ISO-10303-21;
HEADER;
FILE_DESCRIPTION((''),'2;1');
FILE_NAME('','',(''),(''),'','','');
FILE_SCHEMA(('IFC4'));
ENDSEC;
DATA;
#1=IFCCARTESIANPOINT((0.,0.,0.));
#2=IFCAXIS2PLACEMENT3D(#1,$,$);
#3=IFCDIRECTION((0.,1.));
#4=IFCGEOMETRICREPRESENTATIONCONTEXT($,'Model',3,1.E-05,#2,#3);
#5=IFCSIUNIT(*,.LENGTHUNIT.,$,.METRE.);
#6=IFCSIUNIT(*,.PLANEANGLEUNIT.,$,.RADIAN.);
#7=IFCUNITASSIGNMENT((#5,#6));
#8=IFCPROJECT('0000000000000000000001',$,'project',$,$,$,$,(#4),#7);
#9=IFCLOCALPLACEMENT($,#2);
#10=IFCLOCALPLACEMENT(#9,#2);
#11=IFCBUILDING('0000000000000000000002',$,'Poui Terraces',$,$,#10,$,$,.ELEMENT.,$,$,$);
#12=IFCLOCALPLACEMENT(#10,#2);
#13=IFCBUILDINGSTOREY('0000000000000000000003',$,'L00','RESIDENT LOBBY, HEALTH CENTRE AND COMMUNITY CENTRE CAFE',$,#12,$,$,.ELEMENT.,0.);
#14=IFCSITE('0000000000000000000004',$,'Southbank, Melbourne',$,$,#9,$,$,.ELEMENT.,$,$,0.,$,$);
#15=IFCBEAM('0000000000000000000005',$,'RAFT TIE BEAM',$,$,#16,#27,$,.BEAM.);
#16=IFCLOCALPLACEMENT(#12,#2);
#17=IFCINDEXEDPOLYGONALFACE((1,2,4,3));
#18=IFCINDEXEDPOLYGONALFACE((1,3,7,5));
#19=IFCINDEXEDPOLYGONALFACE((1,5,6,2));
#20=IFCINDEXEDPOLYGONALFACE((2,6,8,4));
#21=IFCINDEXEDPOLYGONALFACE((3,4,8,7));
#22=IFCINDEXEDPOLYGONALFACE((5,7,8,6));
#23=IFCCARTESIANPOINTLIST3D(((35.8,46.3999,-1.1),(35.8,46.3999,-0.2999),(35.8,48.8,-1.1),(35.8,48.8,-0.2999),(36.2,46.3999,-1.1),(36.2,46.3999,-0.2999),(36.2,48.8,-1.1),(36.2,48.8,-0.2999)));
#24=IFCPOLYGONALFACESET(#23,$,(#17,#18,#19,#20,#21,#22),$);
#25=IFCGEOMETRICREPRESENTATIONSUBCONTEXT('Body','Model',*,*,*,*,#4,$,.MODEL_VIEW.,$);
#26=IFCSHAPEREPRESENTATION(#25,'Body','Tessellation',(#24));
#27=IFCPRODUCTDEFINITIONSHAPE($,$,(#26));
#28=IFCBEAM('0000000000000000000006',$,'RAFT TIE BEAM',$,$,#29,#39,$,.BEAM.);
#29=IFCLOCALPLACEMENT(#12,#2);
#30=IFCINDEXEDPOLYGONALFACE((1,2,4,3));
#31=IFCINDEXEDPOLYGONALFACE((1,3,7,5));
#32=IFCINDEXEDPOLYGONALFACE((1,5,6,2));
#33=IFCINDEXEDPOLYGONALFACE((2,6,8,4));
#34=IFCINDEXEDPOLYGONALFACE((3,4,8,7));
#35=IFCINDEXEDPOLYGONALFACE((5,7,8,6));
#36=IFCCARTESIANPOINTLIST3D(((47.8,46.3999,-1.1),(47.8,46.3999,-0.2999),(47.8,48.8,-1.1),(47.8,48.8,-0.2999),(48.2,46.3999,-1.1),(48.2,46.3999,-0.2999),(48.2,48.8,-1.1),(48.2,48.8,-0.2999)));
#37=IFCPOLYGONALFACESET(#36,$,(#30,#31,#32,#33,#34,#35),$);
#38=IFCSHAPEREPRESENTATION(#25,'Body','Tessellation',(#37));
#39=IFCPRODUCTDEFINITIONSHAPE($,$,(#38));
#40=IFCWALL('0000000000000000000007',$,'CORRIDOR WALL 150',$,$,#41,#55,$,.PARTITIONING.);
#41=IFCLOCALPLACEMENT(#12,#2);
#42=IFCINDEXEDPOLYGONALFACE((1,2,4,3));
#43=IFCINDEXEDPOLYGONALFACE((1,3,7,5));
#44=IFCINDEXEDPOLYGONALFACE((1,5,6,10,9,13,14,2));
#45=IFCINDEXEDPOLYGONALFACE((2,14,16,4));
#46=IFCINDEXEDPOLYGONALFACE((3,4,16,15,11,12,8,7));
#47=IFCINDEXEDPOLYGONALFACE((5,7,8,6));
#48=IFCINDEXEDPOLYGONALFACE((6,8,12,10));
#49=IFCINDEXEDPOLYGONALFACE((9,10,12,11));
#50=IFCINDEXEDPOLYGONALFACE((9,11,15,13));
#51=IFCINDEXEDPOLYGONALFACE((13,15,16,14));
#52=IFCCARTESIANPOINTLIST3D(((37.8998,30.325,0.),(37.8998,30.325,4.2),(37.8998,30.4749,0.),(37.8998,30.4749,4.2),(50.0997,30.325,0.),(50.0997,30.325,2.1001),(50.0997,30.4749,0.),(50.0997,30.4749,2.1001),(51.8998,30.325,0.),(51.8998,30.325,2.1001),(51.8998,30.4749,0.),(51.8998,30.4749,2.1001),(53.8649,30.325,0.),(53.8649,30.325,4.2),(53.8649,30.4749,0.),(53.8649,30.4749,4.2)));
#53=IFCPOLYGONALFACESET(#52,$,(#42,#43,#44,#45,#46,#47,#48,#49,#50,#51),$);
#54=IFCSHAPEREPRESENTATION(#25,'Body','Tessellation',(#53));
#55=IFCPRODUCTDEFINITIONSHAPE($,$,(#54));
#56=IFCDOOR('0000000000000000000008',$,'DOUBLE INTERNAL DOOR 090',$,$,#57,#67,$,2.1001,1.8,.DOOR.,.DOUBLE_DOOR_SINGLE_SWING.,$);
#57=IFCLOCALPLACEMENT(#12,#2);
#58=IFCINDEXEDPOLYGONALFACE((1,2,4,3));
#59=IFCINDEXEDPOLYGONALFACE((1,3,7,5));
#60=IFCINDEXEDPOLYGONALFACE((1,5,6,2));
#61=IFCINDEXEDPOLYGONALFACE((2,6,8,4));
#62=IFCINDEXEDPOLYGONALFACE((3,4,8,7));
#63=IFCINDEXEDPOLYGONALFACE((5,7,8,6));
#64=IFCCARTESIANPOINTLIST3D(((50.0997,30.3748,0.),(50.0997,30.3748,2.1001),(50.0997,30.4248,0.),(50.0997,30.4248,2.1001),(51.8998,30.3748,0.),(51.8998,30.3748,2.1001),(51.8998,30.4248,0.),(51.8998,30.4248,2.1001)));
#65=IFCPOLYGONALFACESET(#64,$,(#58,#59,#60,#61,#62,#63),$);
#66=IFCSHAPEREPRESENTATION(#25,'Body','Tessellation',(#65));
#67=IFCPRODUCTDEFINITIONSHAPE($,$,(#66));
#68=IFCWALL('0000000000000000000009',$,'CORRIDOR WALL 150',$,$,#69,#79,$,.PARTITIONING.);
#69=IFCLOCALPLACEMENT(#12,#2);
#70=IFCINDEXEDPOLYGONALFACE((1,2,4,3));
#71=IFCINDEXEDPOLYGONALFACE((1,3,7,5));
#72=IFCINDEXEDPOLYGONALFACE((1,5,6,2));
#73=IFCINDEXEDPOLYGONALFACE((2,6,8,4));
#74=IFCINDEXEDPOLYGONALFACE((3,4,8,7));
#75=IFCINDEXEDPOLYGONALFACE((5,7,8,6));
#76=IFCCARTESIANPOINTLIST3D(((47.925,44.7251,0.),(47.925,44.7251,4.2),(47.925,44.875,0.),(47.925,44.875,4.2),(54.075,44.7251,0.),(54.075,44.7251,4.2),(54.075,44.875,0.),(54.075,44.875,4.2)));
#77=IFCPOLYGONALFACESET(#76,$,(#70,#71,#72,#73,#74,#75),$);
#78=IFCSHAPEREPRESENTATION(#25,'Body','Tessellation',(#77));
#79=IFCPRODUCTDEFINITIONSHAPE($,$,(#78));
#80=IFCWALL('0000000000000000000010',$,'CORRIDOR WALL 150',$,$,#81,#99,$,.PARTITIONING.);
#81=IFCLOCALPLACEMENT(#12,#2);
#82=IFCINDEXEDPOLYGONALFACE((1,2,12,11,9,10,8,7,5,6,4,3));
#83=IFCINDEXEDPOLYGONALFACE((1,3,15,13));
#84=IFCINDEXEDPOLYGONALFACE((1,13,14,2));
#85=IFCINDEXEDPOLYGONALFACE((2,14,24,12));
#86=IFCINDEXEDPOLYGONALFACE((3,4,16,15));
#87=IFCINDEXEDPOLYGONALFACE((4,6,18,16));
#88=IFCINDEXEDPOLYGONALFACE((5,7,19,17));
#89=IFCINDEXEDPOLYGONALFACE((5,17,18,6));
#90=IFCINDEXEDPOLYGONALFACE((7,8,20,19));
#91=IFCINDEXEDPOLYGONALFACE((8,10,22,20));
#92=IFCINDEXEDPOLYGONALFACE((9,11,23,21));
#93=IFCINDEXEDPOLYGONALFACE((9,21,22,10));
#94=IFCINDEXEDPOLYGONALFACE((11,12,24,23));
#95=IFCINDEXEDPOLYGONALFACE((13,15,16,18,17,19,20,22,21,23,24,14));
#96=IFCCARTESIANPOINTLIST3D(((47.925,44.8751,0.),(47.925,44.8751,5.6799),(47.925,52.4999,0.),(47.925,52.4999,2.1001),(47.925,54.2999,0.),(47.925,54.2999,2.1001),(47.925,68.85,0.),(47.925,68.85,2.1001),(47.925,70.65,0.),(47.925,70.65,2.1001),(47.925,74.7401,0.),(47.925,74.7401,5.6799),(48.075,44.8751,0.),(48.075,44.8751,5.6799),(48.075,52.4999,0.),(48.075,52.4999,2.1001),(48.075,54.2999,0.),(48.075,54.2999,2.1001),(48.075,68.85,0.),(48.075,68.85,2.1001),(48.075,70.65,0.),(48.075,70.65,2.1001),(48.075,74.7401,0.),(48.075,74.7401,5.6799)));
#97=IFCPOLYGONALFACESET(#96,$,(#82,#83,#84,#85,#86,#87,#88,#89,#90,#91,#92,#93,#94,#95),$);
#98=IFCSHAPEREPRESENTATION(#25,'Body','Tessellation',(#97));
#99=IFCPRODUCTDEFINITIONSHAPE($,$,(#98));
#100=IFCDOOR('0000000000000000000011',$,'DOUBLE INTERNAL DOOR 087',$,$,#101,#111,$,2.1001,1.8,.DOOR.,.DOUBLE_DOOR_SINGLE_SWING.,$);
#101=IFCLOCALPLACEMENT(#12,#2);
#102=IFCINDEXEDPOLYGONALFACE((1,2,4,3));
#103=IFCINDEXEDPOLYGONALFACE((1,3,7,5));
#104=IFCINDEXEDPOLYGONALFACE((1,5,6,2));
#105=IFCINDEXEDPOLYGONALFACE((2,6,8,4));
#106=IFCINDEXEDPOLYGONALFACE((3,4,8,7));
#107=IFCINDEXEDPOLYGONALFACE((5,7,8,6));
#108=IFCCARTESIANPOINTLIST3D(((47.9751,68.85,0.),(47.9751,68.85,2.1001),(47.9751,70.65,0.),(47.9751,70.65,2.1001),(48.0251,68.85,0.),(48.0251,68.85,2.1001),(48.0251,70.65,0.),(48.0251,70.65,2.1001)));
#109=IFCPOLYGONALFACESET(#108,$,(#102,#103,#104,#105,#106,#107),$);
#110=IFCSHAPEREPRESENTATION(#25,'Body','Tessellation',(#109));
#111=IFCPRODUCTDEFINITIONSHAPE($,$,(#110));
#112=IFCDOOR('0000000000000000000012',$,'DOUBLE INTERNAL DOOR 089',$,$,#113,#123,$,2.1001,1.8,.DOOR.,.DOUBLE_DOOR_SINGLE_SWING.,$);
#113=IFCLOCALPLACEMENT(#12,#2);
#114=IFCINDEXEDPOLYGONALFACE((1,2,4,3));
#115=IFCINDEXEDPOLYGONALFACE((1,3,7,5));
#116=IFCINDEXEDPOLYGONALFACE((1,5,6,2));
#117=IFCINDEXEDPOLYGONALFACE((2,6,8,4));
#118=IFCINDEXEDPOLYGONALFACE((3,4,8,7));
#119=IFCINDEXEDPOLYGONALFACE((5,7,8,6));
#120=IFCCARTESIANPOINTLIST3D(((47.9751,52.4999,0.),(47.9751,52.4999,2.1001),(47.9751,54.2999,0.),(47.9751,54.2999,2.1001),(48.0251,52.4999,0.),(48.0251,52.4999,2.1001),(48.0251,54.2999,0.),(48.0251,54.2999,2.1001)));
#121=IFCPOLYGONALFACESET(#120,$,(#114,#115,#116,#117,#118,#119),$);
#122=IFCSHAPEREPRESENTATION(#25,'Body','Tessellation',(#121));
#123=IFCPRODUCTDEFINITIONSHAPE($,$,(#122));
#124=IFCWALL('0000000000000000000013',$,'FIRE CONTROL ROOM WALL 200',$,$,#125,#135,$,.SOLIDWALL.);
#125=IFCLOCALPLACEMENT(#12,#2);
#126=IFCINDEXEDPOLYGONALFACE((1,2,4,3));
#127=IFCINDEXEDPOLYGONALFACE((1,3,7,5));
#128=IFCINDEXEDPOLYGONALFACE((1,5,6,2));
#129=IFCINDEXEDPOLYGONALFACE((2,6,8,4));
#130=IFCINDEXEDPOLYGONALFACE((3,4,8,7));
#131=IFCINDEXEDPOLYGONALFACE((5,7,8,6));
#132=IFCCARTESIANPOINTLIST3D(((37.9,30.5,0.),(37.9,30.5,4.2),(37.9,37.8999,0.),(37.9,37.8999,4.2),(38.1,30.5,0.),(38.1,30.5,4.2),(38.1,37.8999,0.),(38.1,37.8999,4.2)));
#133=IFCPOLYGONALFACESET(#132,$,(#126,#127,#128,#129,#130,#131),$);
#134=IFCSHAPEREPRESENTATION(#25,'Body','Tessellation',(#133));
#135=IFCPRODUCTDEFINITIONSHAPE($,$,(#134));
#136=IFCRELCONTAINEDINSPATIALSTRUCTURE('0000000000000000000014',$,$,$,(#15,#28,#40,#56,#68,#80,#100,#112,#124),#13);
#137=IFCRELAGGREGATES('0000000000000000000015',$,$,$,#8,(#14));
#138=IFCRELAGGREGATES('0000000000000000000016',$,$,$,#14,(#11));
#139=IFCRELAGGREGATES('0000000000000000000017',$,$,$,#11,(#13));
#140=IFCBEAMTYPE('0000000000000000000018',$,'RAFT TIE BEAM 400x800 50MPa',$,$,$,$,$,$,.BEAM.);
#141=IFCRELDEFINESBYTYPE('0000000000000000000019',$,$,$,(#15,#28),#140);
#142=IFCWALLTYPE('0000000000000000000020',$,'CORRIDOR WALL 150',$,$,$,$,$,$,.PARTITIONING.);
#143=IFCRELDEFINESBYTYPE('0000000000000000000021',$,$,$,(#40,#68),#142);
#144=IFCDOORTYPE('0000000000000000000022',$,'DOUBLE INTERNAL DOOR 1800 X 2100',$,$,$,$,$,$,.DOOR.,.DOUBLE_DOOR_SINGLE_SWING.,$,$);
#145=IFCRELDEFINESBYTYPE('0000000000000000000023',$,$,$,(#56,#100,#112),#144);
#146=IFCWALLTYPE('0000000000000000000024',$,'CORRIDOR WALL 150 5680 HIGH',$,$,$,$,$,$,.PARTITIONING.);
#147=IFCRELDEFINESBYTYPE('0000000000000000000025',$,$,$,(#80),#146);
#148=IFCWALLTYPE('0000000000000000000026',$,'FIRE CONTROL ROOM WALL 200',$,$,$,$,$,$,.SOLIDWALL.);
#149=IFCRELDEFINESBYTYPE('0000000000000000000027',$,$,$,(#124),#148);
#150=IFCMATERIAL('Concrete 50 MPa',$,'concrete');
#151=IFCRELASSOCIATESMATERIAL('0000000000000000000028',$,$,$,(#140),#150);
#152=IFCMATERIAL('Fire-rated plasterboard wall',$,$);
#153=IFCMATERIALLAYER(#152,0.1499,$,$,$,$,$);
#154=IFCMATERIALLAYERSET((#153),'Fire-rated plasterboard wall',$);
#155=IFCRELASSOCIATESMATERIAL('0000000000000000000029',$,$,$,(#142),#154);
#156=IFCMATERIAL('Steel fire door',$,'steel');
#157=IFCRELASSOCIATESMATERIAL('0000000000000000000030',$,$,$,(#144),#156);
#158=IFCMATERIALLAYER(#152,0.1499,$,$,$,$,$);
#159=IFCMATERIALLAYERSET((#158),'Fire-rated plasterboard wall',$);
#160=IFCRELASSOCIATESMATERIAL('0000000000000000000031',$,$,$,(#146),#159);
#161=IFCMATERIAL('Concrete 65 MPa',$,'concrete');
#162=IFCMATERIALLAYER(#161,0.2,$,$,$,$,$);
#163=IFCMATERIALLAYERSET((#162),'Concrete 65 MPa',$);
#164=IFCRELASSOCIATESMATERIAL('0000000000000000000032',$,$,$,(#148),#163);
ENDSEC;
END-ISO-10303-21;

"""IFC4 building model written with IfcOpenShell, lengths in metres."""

from ifc_helpers import new_model, si_unit, direction, frame, frame_2d, origin, origin_2d, place, context, subcontext, project, spatial, rectangle, extrude, source, transform, mapped, material, layer, layer_set, material_profile, profile_set, type_object, element, fill, save


model = new_model("IFC4")

# Units and contexts
model_context = context("Model", 3, precision=1e-05, world=origin(), true_north=direction((0.0, 1.0)))
body_context = subcontext(model_context, "Body", "Model", "MODEL_VIEW")
ifc_project = project(units=[si_unit("LENGTHUNIT", "METRE"), si_unit("PLANEANGLEUNIT", "RADIAN")], contexts=[model_context])

# Site, building, storey
site_placement = place(None, origin())
site = spatial("IfcSite", under=ifc_project, at=site_placement, Name="Southbank, Melbourne", CompositionType="ELEMENT", RefElevation=0.0)
building_placement = place(site_placement, origin())
building = spatial("IfcBuilding", under=site, at=building_placement, Name="Poui Terraces", CompositionType="ELEMENT")
storey_placement = place(building_placement, origin())
storey = spatial("IfcBuildingStorey", under=building, at=storey_placement, Name="L00", Description="RESIDENT LOBBY, HEALTH CENTRE AND COMMUNITY CENTRE CAFE", CompositionType="ELEMENT", Elevation=0.0)

# Shared definitions
ifc_material_1 = material(Name="Concrete 50 MPa", Category="concrete")

# Beams
ifc_material_profile_1 = material_profile(ifc_material_1, rectangle(XDim=0.3999, YDim=0.8, at=origin_2d()), Name="RC 400x800")
ifc_profile_set_1 = profile_set([ifc_material_profile_1], Name="Concrete 50 MPa")
beam_type = type_object("IfcBeamType", Name="RAFT TIE BEAM 400x800 50MPa", PredefinedType="BEAM", material=ifc_profile_set_1)
shared_shape_1 = source(origin(), body_context, "Body", "SweptSolid", [
    extrude(rectangle(XDim=0.3999, YDim=0.8, at=origin_2d()), origin(), (0.0, 0.0, 1.0), 2.4001),
])
for number, where, z_axis, x_axis, name in (
    (1, (36.0, 46.3999, -0.7), (0.0, 1.0, 0.0), (-1.0, 0.0, 0.0), "RAFT TIE BEAM"),
    (2, (48.0, 46.3999, -0.7), (0.0, 1.0, 0.0), (-1.0, 0.0, 0.0), "RAFT TIE BEAM"),
):
    element("IfcBeam", number, at=place(storey_placement, frame(where, z_axis=z_axis, x_axis=x_axis)), inside=storey, type_object=beam_type, Name=name, PredefinedType="BEAM", context=body_context, shape_type="MappedRepresentation", body=[
        mapped(shared_shape_1, transform((0.0, 0.0, 0.0))),
    ])

# Wall, opening, door
ifc_material_2 = material(Name="Fire-rated plasterboard wall")
ifc_layer_1 = layer(ifc_material_2, 0.1499)
ifc_layer_set_1 = layer_set([ifc_layer_1], Name="Fire-rated plasterboard wall")
wall_type_1 = type_object("IfcWallType", Name="CORRIDOR WALL 150", PredefinedType="PARTITIONING", material=ifc_layer_set_1)
wall_1_placement = place(storey_placement, frame((37.8999, 30.3999, 0.0), z_axis=(0.0, 0.0, 1.0), x_axis=(1.0, 0.0, 0.0)))
wall_1 = element("IfcWall", 3, at=wall_1_placement, inside=storey, type_object=wall_type_1, Name="CORRIDOR WALL 150", PredefinedType="PARTITIONING", context=body_context, shape_type="SweptSolid", body=[
    extrude(rectangle(XDim=15.9651, YDim=0.1499, at=frame_2d((7.9824, 0.0))), origin(), (0.0, 0.0, 1.0), 4.2),
])
opening_1_placement = place(wall_1_placement, frame((12.2, 0.0, 0.0)))
opening_1 = element("IfcOpeningElement", 4, at=opening_1_placement, cuts=wall_1, PredefinedType="OPENING", context=body_context, shape_type="SweptSolid", body=[
    extrude(rectangle(XDim=1.8, YDim=2.1001, at=frame_2d((0.8999, 1.05))), frame((0.0, 0.085, 0.0), z_axis=(0.0, -1.0, 0.0), x_axis=(1.0, 0.0, 0.0)), (0.0, 0.0, 1.0), 0.1699),
])
ifc_material_3 = material(Name="Steel fire door", Category="steel")
door_type_1 = type_object("IfcDoorType", Name="DOUBLE INTERNAL DOOR 1800 X 2100", OperationType="DOUBLE_DOOR_SINGLE_SWING", PredefinedType="DOOR", material=ifc_material_3)
door_1_placement = place(opening_1_placement, origin())
door_1 = element("IfcDoor", 5, at=door_1_placement, inside=storey, type_object=door_type_1, Name="DOUBLE INTERNAL DOOR 090", OperationType="DOUBLE_DOOR_SINGLE_SWING", OverallHeight=2.1001, OverallWidth=1.8, PredefinedType="DOOR", context=body_context, shape_type="SweptSolid", body=[
    extrude(rectangle(XDim=1.8, YDim=2.1001, at=frame_2d((0.8999, 1.05))), frame((0.0, 0.0249, 0.0), z_axis=(0.0, -1.0, 0.0), x_axis=(1.0, 0.0, 0.0)), (0.0, 0.0, 1.0), 0.05),
])
fill(opening_1, door_1)

# Wall
wall_2_placement = place(storey_placement, frame((47.925, 44.8, 0.0), z_axis=(0.0, 0.0, 1.0), x_axis=(1.0, 0.0, 0.0)))
element("IfcWall", 6, at=wall_2_placement, inside=storey, type_object=wall_type_1, Name="CORRIDOR WALL 150", PredefinedType="PARTITIONING", context=body_context, shape_type="SweptSolid", body=[
    extrude(rectangle(XDim=6.1499, YDim=0.1499, at=frame_2d((3.075, 0.0))), origin(), (0.0, 0.0, 1.0), 4.2),
])

# Wall, openings, doors
ifc_layer_2 = layer(ifc_material_2, 0.1499)
ifc_layer_set_2 = layer_set([ifc_layer_2], Name="Fire-rated plasterboard wall")
wall_type_2 = type_object("IfcWallType", Name="CORRIDOR WALL 150 5680 HIGH", PredefinedType="PARTITIONING", material=ifc_layer_set_2)
wall_3_placement = place(storey_placement, frame((48.0, 44.875, 0.0), z_axis=(0.0, 0.0, 1.0), x_axis=(0.0, 1.0, 0.0)))
wall_3 = element("IfcWall", 7, at=wall_3_placement, inside=storey, type_object=wall_type_2, Name="CORRIDOR WALL 150", PredefinedType="PARTITIONING", context=body_context, shape_type="SweptSolid", body=[
    extrude(rectangle(XDim=29.865, YDim=0.1499, at=frame_2d((14.9326, 0.0))), origin(), (0.0, 0.0, 1.0), 5.6799),
])
opening_2_placement = place(wall_3_placement, frame((23.9751, 0.0, 0.0)))
opening_2 = element("IfcOpeningElement", 8, at=opening_2_placement, cuts=wall_3, PredefinedType="OPENING", context=body_context, shape_type="SweptSolid", body=[
    extrude(rectangle(XDim=1.8, YDim=2.1001, at=frame_2d((0.8999, 1.05))), frame((0.0, 0.085, 0.0), z_axis=(0.0, -1.0, 0.0), x_axis=(1.0, 0.0, 0.0)), (0.0, 0.0, 1.0), 0.1699),
])
opening_3_placement = place(wall_3_placement, frame((7.625, 0.0, 0.0)))
opening_3 = element("IfcOpeningElement", 9, at=opening_3_placement, cuts=wall_3, PredefinedType="OPENING", context=body_context, shape_type="SweptSolid", body=[
    extrude(rectangle(XDim=1.8, YDim=2.1001, at=frame_2d((0.8999, 1.05))), frame((0.0, 0.085, 0.0), z_axis=(0.0, -1.0, 0.0), x_axis=(1.0, 0.0, 0.0)), (0.0, 0.0, 1.0), 0.1699),
])
door_2_placement = place(opening_2_placement, origin())
door_2 = element("IfcDoor", 10, at=door_2_placement, inside=storey, type_object=door_type_1, Name="DOUBLE INTERNAL DOOR 087", OperationType="DOUBLE_DOOR_SINGLE_SWING", OverallHeight=2.1001, OverallWidth=1.8, PredefinedType="DOOR", context=body_context, shape_type="SweptSolid", body=[
    extrude(rectangle(XDim=1.8, YDim=2.1001, at=frame_2d((0.8999, 1.05))), frame((0.0, 0.0249, 0.0), z_axis=(0.0, -1.0, 0.0), x_axis=(1.0, 0.0, 0.0)), (0.0, 0.0, 1.0), 0.05),
])
fill(opening_2, door_2)
door_3_placement = place(opening_3_placement, origin())
door_3 = element("IfcDoor", 11, at=door_3_placement, inside=storey, type_object=door_type_1, Name="DOUBLE INTERNAL DOOR 089", OperationType="DOUBLE_DOOR_SINGLE_SWING", OverallHeight=2.1001, OverallWidth=1.8, PredefinedType="DOOR", context=body_context, shape_type="SweptSolid", body=[
    extrude(rectangle(XDim=1.8, YDim=2.1001, at=frame_2d((0.8999, 1.05))), frame((0.0, 0.0249, 0.0), z_axis=(0.0, -1.0, 0.0), x_axis=(1.0, 0.0, 0.0)), (0.0, 0.0, 1.0), 0.05),
])
fill(opening_3, door_3)

# Wall
ifc_material_4 = material(Name="Concrete 65 MPa", Category="concrete")
ifc_layer_3 = layer(ifc_material_4, 0.2)
ifc_layer_set_3 = layer_set([ifc_layer_3], Name="Concrete 65 MPa")
wall_type_3 = type_object("IfcWallType", Name="FIRE CONTROL ROOM WALL 200", PredefinedType="SOLIDWALL", material=ifc_layer_set_3)
wall_4_placement = place(storey_placement, frame((38.0, 30.5, 0.0), z_axis=(0.0, 0.0, 1.0), x_axis=(0.0, 1.0, 0.0)))
element("IfcWall", 12, at=wall_4_placement, inside=storey, type_object=wall_type_3, Name="FIRE CONTROL ROOM WALL 200", PredefinedType="SOLIDWALL", context=body_context, shape_type="SweptSolid", body=[
    extrude(rectangle(XDim=7.3999, YDim=0.2, at=frame_2d((3.7, 0.0))), origin(), (0.0, 0.0, 1.0), 4.2),
])

save(model, "model.ifc")
